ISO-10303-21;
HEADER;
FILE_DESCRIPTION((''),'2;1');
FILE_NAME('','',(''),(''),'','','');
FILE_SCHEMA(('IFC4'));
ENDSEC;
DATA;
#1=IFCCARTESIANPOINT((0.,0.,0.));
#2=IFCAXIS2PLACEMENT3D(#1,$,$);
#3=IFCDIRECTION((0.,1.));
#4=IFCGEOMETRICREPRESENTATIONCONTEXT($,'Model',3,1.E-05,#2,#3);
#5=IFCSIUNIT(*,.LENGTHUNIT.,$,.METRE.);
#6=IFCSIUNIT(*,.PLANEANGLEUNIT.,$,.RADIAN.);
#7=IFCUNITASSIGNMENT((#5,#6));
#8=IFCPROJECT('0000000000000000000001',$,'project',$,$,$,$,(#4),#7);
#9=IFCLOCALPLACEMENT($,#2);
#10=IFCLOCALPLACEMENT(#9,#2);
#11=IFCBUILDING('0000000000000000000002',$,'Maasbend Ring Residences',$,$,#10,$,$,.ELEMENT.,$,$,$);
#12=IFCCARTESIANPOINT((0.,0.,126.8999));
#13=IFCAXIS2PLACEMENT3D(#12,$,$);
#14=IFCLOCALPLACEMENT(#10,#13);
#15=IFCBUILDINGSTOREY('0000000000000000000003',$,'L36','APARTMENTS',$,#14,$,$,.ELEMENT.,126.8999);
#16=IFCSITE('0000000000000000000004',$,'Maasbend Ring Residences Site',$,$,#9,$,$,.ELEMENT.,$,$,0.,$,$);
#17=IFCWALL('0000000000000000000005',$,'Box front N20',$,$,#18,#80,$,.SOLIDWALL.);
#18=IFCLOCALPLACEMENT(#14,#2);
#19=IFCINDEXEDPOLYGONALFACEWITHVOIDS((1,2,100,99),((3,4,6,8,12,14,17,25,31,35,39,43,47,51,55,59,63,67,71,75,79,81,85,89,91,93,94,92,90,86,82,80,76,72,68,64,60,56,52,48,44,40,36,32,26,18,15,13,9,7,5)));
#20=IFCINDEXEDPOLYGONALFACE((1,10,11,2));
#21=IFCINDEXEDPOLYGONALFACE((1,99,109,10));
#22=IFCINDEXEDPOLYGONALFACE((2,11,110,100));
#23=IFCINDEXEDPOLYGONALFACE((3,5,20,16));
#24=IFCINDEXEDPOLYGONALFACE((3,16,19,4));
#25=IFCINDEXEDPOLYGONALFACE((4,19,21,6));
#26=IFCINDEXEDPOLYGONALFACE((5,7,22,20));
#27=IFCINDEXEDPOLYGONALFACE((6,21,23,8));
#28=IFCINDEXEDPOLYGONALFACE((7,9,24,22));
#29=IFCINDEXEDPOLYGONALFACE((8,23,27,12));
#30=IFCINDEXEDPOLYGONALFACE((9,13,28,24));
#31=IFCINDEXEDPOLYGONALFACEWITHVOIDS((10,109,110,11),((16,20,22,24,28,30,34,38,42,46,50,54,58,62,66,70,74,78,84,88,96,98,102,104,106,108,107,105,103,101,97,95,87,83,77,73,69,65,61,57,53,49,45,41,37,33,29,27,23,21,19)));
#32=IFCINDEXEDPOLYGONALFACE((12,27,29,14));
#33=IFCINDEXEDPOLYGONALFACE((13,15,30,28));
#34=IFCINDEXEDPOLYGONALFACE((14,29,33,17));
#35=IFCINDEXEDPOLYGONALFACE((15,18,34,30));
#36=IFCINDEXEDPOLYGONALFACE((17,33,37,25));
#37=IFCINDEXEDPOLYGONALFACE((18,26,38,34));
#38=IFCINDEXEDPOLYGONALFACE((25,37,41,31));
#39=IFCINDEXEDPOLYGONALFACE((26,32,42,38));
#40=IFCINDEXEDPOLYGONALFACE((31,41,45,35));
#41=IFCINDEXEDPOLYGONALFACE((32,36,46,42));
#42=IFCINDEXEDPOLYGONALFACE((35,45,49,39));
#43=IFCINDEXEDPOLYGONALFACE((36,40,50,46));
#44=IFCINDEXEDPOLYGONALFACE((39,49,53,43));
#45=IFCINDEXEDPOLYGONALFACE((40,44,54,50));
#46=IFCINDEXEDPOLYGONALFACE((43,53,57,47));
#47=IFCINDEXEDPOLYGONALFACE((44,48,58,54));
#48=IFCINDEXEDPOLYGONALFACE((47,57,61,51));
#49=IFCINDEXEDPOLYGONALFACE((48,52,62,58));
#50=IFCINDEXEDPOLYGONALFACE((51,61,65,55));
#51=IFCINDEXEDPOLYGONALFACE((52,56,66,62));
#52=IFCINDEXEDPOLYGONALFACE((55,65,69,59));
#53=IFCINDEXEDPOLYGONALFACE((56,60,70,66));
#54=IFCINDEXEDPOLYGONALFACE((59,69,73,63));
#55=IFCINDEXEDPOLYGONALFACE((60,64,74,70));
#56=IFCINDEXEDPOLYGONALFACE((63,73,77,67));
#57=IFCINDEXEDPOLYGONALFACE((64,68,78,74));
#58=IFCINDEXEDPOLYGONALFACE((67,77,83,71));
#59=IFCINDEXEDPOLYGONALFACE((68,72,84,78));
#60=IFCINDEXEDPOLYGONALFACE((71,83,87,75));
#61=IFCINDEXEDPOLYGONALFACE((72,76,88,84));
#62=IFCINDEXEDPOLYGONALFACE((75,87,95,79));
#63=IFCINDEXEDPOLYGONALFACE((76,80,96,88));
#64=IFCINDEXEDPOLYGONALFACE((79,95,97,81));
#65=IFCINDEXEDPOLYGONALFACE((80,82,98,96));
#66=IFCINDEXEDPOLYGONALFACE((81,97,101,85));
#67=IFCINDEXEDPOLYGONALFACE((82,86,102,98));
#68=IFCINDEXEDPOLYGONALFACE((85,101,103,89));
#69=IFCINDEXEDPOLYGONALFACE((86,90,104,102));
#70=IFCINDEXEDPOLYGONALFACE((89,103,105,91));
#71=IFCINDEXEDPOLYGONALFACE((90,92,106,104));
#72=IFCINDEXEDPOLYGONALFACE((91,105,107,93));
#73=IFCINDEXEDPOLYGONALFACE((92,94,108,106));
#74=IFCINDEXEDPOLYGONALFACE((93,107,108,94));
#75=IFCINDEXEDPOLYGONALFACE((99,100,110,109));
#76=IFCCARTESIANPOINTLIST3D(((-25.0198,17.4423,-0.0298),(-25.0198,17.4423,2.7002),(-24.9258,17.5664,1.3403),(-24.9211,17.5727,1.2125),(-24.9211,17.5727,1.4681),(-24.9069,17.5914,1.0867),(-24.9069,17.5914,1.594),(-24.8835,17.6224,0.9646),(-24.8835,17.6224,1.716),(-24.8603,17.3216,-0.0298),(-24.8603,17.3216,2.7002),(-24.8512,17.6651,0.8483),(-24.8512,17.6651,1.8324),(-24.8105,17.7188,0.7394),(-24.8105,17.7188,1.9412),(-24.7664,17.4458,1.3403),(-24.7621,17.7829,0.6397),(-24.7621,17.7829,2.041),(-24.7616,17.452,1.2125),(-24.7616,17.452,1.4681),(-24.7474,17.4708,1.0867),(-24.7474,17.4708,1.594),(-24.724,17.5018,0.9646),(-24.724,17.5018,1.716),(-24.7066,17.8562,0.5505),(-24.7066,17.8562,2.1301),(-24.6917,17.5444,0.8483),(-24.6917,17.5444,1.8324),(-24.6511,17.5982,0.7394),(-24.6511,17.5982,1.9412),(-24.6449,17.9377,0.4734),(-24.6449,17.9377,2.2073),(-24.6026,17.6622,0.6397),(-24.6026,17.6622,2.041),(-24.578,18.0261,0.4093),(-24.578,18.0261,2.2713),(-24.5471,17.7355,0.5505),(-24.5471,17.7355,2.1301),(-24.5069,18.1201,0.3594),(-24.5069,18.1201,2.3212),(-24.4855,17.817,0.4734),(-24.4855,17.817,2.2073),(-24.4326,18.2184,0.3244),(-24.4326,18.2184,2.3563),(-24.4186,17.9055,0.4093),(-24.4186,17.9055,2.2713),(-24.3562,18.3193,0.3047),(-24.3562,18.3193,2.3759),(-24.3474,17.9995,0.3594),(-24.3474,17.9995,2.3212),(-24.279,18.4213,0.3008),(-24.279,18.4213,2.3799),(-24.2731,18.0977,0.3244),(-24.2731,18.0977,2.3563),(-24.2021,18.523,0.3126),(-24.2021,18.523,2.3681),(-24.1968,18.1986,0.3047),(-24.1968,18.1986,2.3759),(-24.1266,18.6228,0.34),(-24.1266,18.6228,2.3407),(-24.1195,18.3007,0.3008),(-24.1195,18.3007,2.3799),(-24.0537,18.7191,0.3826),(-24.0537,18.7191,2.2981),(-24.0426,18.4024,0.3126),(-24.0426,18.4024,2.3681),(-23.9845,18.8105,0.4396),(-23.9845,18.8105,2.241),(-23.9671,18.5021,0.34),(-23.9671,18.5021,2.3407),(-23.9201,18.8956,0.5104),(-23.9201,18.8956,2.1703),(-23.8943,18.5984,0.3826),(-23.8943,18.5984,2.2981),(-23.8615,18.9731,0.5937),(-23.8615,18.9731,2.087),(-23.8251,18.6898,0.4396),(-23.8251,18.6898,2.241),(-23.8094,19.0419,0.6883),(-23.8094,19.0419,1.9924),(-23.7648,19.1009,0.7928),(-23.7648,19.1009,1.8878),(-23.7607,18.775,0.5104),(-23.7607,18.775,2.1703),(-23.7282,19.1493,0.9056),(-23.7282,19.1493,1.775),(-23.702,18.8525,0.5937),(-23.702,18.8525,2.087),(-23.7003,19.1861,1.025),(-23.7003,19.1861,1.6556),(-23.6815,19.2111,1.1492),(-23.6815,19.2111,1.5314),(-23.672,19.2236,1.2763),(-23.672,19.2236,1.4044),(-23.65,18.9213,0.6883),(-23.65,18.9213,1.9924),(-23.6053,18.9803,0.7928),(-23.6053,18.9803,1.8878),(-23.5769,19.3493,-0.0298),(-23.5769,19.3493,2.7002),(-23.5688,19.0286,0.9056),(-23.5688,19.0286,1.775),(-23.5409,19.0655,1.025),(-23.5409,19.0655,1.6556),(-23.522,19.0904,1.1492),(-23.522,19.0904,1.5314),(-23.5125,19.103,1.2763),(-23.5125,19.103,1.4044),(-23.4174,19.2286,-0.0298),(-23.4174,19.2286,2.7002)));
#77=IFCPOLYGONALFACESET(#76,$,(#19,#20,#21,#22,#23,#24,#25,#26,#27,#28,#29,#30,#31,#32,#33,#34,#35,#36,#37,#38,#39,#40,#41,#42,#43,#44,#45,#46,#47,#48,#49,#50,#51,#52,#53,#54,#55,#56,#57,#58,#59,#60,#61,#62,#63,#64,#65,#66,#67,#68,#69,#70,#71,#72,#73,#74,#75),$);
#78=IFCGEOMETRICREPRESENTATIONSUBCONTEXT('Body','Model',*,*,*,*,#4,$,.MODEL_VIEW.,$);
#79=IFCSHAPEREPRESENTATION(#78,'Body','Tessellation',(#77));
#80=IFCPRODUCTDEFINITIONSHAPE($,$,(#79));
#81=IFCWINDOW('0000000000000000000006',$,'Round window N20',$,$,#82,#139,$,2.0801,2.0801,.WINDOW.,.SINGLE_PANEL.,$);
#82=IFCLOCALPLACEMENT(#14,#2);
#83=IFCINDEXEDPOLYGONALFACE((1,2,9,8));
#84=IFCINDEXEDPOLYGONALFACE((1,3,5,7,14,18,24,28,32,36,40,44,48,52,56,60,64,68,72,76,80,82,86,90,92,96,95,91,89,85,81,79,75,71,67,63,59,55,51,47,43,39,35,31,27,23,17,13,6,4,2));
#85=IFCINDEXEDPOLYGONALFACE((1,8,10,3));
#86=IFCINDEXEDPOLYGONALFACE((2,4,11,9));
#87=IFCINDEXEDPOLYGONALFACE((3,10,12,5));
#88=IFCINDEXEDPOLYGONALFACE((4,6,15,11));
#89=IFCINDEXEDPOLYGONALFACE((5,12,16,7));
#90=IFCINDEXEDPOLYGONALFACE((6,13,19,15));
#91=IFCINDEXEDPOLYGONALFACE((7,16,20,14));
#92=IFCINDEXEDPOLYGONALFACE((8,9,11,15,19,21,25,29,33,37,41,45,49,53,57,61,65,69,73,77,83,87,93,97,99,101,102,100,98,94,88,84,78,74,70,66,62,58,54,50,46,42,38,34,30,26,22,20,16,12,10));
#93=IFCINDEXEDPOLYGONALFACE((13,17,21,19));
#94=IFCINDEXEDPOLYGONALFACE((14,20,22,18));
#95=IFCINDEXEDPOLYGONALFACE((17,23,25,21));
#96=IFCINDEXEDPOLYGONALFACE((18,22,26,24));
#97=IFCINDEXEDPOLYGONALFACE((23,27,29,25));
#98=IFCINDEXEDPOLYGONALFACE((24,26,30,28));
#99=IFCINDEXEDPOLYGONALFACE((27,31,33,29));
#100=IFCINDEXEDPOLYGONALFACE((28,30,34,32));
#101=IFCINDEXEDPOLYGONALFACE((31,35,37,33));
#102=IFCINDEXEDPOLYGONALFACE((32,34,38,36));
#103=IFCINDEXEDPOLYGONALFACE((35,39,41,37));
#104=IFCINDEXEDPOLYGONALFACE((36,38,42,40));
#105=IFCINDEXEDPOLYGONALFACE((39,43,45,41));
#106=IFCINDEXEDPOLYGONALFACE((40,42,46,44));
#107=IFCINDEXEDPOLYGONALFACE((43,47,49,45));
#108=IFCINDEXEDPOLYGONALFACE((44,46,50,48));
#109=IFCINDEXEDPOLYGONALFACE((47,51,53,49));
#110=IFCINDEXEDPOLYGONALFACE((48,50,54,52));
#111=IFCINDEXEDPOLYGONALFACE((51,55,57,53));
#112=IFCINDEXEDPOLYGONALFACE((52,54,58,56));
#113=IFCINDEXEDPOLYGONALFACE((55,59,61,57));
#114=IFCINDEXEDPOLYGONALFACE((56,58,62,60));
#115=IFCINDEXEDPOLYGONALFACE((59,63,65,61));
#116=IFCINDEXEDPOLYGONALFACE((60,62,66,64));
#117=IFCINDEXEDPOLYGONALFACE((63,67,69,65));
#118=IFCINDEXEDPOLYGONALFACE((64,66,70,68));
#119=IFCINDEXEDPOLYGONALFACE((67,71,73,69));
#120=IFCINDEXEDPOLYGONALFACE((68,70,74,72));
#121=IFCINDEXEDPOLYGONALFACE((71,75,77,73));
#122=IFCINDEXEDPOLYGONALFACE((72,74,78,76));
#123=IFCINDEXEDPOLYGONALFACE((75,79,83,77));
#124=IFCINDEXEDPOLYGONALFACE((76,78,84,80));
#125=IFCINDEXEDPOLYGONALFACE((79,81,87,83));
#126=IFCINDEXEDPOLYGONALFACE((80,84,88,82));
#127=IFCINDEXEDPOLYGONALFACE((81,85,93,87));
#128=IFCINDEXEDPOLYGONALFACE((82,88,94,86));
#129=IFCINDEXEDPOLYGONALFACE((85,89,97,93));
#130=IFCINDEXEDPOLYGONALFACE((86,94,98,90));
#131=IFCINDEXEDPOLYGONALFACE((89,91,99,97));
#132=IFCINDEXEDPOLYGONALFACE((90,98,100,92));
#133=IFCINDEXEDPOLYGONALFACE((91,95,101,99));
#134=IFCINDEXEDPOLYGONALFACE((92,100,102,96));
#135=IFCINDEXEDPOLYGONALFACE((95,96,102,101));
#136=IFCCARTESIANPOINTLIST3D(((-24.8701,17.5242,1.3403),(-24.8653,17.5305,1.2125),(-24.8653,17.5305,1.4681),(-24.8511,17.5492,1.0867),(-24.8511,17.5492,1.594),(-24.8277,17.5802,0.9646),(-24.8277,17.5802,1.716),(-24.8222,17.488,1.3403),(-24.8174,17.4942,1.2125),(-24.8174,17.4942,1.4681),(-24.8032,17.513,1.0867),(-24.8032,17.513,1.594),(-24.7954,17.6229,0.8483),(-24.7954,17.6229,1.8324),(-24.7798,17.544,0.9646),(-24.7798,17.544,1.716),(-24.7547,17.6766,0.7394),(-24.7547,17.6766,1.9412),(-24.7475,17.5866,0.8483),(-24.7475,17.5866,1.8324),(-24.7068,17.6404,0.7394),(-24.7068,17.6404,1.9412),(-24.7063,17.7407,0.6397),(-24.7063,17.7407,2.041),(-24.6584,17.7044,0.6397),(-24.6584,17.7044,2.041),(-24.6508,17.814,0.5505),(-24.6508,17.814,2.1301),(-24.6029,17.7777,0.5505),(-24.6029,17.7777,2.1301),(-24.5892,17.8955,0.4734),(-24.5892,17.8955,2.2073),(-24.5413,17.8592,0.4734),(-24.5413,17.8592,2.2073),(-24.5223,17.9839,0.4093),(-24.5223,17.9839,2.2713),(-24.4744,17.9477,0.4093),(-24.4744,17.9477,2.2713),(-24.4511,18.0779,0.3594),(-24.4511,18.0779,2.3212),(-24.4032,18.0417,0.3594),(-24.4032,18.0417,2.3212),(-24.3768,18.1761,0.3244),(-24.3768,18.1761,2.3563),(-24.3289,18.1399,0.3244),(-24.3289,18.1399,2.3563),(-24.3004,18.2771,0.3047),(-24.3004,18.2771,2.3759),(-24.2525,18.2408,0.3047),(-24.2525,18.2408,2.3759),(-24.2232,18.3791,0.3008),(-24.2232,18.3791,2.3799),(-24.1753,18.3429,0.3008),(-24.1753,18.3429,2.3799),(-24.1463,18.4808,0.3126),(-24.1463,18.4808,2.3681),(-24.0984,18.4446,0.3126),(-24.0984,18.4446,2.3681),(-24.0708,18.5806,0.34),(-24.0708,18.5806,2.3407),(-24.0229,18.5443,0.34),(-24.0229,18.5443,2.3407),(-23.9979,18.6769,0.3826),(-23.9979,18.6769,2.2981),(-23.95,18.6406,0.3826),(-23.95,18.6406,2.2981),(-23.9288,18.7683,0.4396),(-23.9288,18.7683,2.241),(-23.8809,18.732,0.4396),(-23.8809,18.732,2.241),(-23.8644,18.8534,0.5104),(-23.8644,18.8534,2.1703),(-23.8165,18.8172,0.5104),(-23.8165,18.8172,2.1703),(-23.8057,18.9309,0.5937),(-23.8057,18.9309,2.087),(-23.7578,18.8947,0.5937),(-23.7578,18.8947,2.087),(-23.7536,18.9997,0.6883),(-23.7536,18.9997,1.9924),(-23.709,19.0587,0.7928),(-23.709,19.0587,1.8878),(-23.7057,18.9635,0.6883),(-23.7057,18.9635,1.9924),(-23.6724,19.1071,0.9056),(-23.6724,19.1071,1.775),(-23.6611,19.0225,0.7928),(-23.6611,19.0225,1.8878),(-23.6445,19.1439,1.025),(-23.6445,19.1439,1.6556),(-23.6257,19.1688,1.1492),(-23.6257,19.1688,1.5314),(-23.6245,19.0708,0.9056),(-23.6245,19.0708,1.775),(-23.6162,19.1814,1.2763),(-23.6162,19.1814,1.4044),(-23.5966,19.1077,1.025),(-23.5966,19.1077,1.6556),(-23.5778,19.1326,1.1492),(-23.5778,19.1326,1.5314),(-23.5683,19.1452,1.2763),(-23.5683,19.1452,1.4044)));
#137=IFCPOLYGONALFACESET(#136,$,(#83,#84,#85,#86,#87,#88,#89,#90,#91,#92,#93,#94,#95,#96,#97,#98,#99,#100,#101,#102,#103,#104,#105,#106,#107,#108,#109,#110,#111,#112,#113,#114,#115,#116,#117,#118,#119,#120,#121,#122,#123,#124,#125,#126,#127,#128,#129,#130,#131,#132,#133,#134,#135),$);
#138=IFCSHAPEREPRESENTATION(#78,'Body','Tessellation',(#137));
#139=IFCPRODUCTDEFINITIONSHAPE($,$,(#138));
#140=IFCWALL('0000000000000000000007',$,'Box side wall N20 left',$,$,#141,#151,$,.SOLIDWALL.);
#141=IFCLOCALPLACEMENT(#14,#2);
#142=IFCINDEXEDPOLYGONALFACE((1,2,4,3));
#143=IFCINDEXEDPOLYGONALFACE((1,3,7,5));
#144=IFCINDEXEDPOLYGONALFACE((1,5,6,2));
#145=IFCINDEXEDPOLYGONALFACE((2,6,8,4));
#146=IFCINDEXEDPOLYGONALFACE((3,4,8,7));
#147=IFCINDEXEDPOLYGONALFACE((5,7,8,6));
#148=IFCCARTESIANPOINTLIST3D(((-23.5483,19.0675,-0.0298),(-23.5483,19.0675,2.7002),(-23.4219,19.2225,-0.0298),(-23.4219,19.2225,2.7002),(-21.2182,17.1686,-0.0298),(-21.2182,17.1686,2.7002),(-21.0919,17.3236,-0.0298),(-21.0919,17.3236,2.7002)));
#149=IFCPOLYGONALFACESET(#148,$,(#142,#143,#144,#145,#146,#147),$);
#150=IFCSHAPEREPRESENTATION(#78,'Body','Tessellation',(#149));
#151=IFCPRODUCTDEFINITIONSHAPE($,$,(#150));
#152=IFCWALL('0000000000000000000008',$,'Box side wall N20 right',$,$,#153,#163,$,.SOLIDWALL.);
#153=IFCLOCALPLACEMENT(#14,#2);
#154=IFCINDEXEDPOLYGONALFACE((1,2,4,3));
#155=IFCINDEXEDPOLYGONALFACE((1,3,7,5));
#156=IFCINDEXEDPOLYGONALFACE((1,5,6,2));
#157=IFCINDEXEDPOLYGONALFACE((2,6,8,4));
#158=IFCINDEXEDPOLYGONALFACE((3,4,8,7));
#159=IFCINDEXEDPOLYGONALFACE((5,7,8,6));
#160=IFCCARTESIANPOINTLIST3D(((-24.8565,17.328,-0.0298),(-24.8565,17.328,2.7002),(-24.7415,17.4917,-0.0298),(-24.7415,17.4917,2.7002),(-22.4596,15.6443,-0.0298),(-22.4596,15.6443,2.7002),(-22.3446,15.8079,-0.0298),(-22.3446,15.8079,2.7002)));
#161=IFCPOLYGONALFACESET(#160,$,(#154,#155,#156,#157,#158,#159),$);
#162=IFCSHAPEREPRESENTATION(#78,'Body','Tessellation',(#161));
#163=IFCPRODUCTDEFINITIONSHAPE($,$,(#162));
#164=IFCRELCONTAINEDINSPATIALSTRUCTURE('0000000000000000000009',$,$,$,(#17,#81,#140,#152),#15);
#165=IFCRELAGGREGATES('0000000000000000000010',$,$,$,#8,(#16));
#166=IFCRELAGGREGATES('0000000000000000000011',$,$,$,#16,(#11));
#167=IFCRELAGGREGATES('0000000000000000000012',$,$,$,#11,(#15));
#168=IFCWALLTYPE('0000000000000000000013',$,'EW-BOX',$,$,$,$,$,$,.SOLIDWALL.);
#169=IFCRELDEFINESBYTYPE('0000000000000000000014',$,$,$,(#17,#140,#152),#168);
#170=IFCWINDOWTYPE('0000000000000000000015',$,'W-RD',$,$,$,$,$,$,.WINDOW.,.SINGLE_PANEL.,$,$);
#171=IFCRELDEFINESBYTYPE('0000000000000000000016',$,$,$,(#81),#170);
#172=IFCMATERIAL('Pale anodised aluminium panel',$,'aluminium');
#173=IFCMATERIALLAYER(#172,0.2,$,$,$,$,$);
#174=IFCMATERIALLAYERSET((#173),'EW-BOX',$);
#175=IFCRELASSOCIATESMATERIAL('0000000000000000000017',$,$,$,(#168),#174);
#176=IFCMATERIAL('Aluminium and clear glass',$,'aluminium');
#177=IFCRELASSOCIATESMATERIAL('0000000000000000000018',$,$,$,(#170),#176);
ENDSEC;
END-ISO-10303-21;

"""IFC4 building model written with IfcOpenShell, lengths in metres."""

from ifc_helpers import new_model, si_unit, direction, frame, frame_2d, origin, place, context, subcontext, project, spatial, rectangle, circle, extrude, material, layer, layer_set, type_object, element, fill, save


model = new_model("IFC4")

# Units and contexts
model_context = context("Model", 3, precision=1e-05, world=origin(), true_north=direction((0.0, 1.0)))
body_context = subcontext(model_context, "Body", "Model", "MODEL_VIEW")
ifc_project = project(units=[si_unit("LENGTHUNIT", "METRE"), si_unit("PLANEANGLEUNIT", "RADIAN")], contexts=[model_context])

# Site, building, storey
site_placement = place(None, origin())
site = spatial("IfcSite", under=ifc_project, at=site_placement, Name="Maasbend Ring Residences Site", CompositionType="ELEMENT", RefElevation=0.0)
building_placement = place(site_placement, origin())
building = spatial("IfcBuilding", under=site, at=building_placement, Name="Maasbend Ring Residences", CompositionType="ELEMENT")
storey_placement = place(building_placement, frame((0.0, 0.0, 126.8999)))
storey = spatial("IfcBuildingStorey", under=building, at=storey_placement, Name="L36", Description="APARTMENTS", CompositionType="ELEMENT", Elevation=126.8999)

# Shared definitions
ifc_material_1 = material(Name="Pale anodised aluminium panel", Category="aluminium")
ifc_layer_1 = layer(ifc_material_1, 0.2)
ifc_layer_set_1 = layer_set([ifc_layer_1], Name="EW-BOX")
wall_type_1 = type_object("IfcWallType", Name="EW-BOX", PredefinedType="SOLIDWALL", material=ifc_layer_set_1)
ifc_material_2 = material(Name="Aluminium and clear glass", Category="aluminium")
window_type_1 = type_object("IfcWindowType", Name="W-RD", PartitioningType="SINGLE_PANEL", PredefinedType="WINDOW", material=ifc_material_2)

# Wall, opening, window
wall_1_placement = place(storey_placement, frame((-23.4971, 19.2891, -0.0298), z_axis=(0.0, 0.0, 1.0), x_axis=(-0.603376, -0.797457, 0.0)))
wall_1 = element("IfcWall", 1, at=wall_1_placement, inside=storey, type_object=wall_type_1, Name="Box front N20", PredefinedType="SOLIDWALL", context=body_context, shape_type="SweptSolid", body=[
    extrude(rectangle(XDim=2.3914, YDim=0.2, at=frame_2d((1.1958, 0.0))), origin(), (0.0, 0.0, 1.0), 2.73),
])
opening_1_placement = place(wall_1_placement, frame((0.1558, 0.0, 0.3301)))
opening_1 = element("IfcOpeningElement", 2, at=opening_1_placement, cuts=wall_1, PredefinedType="OPENING", context=body_context, shape_type="SweptSolid", body=[
    extrude(circle(Radius=1.04, at=frame_2d((1.04, 1.04))), frame((0.0, 0.1099, 0.0), z_axis=(0.0, -1.0, 0.0), x_axis=(1.0, 0.0, 0.0)), (0.0, 0.0, 1.0), 0.22),
])
window_1_placement = place(opening_1_placement, origin())
window_1 = element("IfcWindow", 3, at=window_1_placement, inside=storey, type_object=window_type_1, Name="Round window N20", OverallHeight=2.0801, OverallWidth=2.0801, PartitioningType="SINGLE_PANEL", PredefinedType="WINDOW", context=body_context, shape_type="SweptSolid", body=[
    extrude(circle(Radius=1.04, at=frame_2d((1.04, 1.04))), frame((0.0, 0.03, 0.0), z_axis=(0.0, -1.0, 0.0), x_axis=(1.0, 0.0, 0.0)), (0.0, 0.0, 1.0), 0.0601),
])
fill(opening_1, window_1)

# Walls
wall_2_placement = place(storey_placement, frame((-21.155, 17.2461, -0.0298), z_axis=(0.0, 0.0, 1.0), x_axis=(-0.775179, 0.631742, 0.0)))
element("IfcWall", 4, at=wall_2_placement, inside=storey, type_object=wall_type_1, Name="Box side wall N20 left", PredefinedType="SOLIDWALL", context=body_context, shape_type="SweptSolid", body=[
    extrude(rectangle(XDim=3.0059, YDim=0.2, at=frame_2d((1.5029, 0.0))), origin(), (0.0, 0.0, 1.0), 2.73),
])
wall_3_placement = place(storey_placement, frame((-22.4021, 15.7261, -0.0298), z_axis=(0.0, 0.0, 1.0), x_axis=(-0.818275, 0.574826, 0.0)))
element("IfcWall", 5, at=wall_3_placement, inside=storey, type_object=wall_type_1, Name="Box side wall N20 right", PredefinedType="SOLIDWALL", context=body_context, shape_type="SweptSolid", body=[
    extrude(rectangle(XDim=2.9292, YDim=0.2, at=frame_2d((1.4646, 0.0))), origin(), (0.0, 0.0, 1.0), 2.73),
])

save(model, "model.ifc")
